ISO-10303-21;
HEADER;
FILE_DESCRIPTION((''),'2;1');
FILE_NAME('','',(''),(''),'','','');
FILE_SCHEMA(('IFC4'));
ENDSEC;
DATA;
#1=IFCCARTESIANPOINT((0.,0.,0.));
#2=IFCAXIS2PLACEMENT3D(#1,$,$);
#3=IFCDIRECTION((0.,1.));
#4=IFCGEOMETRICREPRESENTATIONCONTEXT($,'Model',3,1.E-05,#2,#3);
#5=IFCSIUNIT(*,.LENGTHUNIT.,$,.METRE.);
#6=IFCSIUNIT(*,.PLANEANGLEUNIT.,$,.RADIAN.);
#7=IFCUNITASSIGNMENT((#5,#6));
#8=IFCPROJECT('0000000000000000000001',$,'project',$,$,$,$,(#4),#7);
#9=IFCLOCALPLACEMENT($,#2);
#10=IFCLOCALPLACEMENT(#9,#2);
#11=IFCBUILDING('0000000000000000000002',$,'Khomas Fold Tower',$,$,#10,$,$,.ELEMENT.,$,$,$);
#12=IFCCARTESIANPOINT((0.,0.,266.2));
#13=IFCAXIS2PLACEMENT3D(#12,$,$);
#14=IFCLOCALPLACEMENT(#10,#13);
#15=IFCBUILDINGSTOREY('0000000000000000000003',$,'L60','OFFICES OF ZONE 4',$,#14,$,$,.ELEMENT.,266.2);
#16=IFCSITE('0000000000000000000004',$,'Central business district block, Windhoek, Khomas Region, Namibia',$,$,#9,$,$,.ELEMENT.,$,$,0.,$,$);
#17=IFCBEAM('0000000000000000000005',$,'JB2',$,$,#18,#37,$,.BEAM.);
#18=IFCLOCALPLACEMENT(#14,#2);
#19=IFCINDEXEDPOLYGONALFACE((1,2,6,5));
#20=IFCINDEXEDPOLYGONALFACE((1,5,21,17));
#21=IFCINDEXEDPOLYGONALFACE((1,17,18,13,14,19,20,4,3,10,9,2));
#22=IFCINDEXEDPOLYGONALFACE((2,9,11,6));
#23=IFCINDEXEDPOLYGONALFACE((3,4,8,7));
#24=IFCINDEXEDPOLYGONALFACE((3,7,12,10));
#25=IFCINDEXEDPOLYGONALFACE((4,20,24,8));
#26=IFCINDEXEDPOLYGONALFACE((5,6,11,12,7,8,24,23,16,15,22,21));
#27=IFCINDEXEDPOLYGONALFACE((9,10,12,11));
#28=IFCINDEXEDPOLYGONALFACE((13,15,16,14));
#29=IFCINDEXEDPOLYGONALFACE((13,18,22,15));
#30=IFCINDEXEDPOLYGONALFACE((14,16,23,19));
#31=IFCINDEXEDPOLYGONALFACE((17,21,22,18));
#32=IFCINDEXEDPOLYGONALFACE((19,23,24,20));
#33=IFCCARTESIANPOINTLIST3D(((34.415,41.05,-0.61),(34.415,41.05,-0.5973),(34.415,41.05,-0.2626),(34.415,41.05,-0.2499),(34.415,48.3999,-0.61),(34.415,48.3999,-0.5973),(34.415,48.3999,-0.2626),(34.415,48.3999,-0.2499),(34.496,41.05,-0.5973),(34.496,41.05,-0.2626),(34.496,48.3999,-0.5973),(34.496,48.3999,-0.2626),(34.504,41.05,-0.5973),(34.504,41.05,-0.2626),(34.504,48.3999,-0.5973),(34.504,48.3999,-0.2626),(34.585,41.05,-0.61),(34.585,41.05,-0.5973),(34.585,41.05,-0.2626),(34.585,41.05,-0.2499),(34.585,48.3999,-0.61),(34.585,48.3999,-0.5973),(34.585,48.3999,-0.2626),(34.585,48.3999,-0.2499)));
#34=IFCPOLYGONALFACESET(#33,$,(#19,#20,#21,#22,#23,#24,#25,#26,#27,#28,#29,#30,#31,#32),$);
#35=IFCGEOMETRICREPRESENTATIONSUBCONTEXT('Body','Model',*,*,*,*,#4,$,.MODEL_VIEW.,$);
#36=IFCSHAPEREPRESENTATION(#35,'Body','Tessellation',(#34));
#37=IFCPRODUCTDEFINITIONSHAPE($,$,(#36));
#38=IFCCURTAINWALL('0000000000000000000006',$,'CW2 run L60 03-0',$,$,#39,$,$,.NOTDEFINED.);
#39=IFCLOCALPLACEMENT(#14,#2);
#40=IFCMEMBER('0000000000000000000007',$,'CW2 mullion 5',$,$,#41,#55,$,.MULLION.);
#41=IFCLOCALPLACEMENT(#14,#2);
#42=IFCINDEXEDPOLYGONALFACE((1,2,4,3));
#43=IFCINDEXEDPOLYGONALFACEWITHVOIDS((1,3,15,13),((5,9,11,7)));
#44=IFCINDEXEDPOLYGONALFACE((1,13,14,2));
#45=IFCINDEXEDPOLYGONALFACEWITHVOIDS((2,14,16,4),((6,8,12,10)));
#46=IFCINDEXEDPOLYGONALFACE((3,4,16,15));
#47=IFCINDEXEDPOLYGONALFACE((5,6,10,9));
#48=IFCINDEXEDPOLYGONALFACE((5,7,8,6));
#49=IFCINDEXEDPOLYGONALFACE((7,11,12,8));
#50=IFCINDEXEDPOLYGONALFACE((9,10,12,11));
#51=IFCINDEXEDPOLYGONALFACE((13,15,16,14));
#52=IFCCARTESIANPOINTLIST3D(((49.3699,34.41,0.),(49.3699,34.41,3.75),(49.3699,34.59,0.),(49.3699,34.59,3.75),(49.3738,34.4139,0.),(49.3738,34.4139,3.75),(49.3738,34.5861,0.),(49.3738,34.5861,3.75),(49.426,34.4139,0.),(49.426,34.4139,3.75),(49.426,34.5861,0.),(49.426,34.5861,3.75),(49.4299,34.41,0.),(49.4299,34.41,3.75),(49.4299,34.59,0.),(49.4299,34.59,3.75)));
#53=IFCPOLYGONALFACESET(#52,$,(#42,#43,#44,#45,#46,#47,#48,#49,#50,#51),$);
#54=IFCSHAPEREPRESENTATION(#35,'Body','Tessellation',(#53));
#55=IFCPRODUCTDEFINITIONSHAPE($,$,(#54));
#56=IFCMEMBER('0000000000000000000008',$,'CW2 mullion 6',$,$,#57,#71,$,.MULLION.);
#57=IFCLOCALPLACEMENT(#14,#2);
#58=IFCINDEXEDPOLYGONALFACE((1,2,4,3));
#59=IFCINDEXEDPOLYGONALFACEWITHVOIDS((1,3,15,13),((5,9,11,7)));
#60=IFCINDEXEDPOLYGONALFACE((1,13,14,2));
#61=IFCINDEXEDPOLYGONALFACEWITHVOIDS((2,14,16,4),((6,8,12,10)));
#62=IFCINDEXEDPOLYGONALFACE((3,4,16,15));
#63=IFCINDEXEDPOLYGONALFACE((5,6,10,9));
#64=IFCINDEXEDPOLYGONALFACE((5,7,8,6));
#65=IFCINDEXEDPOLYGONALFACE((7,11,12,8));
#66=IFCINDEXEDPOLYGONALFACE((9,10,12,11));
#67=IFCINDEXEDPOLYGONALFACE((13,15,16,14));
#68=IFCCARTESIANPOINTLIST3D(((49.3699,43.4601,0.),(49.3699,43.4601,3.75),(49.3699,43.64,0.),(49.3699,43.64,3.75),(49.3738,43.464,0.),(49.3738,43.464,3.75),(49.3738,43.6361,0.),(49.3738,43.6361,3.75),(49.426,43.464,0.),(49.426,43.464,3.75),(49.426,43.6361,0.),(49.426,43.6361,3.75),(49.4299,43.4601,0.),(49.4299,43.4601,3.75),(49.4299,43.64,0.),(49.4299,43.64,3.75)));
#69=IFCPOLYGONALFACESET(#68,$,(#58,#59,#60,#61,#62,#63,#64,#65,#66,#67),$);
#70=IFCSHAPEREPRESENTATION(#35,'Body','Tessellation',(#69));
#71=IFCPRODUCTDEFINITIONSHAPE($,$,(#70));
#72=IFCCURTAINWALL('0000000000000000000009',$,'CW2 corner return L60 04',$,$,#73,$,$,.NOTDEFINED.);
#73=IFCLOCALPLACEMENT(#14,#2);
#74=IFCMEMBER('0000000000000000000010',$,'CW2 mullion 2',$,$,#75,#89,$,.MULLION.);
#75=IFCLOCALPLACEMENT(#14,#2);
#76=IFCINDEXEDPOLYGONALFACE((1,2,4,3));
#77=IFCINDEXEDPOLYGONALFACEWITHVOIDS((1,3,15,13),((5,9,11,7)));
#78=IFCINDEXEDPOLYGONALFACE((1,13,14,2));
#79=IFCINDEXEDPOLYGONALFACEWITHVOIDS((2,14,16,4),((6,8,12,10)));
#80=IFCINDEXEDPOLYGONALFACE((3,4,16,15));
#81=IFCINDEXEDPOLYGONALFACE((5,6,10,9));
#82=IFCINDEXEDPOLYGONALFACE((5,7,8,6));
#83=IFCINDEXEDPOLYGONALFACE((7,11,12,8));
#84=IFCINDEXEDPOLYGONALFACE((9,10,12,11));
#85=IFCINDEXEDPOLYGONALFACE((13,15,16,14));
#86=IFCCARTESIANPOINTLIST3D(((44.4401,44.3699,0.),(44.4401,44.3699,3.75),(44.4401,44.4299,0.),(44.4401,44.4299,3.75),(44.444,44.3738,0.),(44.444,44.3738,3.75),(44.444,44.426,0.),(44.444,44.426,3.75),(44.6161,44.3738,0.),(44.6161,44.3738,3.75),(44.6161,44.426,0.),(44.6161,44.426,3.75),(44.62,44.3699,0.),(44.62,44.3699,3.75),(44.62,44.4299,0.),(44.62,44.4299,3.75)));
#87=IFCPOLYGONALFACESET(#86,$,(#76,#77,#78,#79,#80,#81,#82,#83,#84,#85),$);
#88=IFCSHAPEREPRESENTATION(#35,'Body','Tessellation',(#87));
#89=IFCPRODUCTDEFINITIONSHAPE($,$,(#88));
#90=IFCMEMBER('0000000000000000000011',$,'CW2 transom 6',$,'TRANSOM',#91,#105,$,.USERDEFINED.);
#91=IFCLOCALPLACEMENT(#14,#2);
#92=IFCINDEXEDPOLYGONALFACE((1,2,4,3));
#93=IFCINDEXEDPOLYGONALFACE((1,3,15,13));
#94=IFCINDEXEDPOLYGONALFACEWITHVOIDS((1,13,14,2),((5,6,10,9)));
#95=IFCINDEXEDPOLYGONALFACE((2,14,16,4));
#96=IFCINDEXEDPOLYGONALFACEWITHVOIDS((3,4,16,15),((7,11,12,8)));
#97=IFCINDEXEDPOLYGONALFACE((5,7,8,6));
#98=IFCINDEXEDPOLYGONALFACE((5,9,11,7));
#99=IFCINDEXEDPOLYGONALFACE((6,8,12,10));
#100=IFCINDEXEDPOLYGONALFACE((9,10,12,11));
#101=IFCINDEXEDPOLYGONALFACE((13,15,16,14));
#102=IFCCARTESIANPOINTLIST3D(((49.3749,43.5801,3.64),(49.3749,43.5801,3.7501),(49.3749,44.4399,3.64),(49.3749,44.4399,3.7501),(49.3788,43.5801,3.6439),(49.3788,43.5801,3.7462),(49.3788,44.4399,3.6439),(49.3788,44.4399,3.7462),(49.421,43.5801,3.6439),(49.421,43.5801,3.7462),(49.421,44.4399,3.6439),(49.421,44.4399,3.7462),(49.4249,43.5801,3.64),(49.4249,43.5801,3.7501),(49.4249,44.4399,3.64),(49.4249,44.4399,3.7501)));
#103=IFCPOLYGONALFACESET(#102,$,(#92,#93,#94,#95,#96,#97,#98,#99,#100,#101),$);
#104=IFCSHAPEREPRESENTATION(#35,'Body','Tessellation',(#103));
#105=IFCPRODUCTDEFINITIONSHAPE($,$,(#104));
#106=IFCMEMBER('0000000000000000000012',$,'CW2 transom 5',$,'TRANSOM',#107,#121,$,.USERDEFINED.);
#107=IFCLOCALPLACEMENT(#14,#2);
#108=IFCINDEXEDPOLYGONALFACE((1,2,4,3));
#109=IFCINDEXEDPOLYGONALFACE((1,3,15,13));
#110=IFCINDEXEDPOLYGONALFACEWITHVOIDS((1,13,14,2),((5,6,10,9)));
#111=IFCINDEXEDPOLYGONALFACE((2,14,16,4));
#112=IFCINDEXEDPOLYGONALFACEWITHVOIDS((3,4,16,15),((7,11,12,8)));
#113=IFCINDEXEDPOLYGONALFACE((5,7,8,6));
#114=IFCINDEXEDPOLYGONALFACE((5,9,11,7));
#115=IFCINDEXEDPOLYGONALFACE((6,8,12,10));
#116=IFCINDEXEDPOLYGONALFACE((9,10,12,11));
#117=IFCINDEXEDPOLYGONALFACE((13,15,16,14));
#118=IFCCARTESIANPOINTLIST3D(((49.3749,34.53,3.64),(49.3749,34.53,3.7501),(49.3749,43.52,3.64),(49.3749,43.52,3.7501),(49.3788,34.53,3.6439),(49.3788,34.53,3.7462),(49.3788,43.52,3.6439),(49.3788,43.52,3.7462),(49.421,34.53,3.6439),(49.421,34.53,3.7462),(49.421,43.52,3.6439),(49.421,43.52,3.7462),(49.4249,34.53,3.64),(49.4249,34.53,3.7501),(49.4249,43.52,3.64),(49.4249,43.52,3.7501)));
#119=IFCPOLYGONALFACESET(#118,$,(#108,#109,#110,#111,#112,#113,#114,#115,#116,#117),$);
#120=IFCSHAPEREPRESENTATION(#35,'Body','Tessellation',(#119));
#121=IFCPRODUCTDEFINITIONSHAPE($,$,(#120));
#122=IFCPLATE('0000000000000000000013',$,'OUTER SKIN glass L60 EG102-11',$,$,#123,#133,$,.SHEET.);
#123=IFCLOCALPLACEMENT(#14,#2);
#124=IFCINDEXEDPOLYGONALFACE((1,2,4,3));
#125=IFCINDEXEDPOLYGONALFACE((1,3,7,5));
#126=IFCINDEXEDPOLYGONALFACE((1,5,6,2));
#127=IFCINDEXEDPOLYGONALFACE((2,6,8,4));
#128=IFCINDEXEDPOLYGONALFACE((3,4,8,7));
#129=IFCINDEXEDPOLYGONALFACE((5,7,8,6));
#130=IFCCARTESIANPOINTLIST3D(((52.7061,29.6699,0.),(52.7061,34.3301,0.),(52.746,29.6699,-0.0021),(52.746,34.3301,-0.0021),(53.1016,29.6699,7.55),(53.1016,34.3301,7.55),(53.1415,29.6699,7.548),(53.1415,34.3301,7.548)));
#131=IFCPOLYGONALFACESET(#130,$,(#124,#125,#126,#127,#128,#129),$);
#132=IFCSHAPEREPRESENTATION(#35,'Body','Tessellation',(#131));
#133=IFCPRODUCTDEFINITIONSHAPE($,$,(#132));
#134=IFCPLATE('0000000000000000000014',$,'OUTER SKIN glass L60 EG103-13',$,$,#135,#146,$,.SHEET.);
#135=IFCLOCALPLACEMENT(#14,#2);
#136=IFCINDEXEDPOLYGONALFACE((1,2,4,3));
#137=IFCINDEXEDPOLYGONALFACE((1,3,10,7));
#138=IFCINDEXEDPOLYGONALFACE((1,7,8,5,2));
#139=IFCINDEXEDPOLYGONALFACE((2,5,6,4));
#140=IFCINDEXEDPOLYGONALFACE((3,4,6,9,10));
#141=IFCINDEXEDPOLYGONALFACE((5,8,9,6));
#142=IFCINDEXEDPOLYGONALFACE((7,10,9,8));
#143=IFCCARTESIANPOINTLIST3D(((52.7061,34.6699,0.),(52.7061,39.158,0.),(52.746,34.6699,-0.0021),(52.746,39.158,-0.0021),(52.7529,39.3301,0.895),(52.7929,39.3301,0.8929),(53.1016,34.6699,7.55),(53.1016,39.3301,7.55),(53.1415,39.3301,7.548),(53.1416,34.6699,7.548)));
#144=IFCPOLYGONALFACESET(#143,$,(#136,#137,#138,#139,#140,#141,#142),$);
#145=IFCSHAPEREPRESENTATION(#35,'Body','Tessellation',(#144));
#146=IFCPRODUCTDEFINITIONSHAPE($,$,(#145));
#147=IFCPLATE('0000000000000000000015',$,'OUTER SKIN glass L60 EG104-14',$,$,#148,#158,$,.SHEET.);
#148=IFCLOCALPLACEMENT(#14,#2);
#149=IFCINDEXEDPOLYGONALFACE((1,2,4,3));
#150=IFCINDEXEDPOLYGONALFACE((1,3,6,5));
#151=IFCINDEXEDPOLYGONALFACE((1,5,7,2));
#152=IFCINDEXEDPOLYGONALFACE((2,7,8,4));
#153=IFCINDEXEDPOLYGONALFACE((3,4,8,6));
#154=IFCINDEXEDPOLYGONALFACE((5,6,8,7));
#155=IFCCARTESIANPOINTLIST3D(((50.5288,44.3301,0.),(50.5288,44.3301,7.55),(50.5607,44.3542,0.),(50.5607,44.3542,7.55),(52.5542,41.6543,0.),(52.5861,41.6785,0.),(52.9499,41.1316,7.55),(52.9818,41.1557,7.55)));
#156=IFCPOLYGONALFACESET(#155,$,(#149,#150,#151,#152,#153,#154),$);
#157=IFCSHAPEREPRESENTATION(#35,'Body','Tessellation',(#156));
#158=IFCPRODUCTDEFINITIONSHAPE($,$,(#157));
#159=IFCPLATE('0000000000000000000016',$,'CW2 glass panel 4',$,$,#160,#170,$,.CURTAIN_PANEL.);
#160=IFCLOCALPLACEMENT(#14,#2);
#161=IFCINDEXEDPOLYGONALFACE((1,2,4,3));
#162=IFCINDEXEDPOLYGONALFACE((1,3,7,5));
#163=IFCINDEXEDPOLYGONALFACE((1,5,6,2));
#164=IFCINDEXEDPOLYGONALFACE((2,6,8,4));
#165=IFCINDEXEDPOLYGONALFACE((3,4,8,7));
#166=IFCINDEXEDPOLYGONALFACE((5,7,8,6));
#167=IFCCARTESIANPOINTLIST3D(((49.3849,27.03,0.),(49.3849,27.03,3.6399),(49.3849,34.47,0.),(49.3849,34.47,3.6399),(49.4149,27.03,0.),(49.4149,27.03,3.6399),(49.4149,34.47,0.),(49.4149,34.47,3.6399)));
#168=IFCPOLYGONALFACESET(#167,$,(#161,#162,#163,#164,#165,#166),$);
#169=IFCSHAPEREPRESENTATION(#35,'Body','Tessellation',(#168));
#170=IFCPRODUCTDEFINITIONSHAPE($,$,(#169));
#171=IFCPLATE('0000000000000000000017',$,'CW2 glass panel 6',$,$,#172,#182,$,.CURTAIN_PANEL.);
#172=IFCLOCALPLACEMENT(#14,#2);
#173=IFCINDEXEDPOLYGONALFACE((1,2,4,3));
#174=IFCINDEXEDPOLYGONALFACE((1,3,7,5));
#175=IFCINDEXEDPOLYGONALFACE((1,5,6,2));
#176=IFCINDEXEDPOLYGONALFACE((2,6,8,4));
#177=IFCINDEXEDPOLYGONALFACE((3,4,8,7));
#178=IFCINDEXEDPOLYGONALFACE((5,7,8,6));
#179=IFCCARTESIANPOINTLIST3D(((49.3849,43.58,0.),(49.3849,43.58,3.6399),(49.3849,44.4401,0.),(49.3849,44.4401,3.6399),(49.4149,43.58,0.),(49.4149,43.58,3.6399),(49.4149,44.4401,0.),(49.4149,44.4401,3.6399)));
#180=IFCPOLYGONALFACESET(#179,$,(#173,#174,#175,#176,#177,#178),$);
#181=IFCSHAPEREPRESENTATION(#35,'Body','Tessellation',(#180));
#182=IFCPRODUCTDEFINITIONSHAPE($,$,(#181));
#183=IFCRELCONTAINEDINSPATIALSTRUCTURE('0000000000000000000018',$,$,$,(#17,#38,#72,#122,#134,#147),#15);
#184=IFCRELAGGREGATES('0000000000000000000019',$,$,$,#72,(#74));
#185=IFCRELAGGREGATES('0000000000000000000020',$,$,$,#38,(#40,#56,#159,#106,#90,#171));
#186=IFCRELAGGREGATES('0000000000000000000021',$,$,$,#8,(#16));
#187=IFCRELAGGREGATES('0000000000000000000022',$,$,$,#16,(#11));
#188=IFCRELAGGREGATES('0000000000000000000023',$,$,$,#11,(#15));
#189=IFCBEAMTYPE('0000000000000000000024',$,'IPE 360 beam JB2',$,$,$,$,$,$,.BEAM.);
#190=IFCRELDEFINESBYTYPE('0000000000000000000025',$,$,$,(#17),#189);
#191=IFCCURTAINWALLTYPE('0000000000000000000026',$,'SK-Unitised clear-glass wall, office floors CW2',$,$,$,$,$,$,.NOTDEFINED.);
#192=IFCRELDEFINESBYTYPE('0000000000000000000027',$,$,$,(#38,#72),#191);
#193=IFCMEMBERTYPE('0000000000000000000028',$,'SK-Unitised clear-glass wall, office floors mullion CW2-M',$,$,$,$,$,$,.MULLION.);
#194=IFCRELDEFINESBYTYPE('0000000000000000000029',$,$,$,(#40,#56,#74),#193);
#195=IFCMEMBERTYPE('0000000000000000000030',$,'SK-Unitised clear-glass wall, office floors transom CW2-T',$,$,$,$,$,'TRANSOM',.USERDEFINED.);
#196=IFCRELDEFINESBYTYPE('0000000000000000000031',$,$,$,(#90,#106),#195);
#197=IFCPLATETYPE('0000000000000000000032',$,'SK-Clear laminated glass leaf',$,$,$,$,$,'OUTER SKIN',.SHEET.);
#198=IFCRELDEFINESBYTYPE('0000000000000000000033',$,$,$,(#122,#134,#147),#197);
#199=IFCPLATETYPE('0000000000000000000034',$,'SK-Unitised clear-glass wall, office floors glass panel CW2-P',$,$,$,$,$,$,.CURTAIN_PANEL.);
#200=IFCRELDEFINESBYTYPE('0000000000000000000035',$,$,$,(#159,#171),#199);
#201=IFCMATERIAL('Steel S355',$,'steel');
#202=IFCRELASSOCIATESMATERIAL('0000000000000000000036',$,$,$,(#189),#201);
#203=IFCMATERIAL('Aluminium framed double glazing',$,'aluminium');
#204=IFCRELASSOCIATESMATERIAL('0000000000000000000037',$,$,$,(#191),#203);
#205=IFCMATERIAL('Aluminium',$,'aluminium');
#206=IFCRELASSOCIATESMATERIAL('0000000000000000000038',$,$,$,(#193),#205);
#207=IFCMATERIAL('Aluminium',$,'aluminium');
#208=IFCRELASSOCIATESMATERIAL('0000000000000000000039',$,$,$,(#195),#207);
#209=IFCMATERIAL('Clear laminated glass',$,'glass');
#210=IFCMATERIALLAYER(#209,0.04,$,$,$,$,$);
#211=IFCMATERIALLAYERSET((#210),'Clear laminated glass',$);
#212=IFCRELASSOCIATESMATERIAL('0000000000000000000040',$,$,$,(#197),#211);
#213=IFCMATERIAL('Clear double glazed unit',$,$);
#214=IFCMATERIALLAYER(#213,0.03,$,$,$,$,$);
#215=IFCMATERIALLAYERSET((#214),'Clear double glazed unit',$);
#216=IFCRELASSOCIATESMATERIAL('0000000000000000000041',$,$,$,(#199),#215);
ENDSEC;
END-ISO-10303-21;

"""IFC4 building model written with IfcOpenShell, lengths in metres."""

from ifc_helpers import new_model, si_unit, direction, frame, origin, origin_2d, place, context, subcontext, project, spatial, polyline, rectangle, hollow_rectangle, i_section, outline, extrude, source, transform, mapped, material, layer, layer_set, material_profile, profile_set, type_object, element, aggregate, save


model = new_model("IFC4")

# Units and contexts
model_context = context("Model", 3, precision=1e-05, world=origin(), true_north=direction((0.0, 1.0)))
body_context = subcontext(model_context, "Body", "Model", "MODEL_VIEW")
ifc_project = project(units=[si_unit("LENGTHUNIT", "METRE"), si_unit("PLANEANGLEUNIT", "RADIAN")], contexts=[model_context])

# Site, building, storey
site_placement = place(None, origin())
site = spatial("IfcSite", under=ifc_project, at=site_placement, Name="Central business district block, Windhoek, Khomas Region, Namibia", CompositionType="ELEMENT", RefElevation=0.0)
building_placement = place(site_placement, origin())
building = spatial("IfcBuilding", under=site, at=building_placement, Name="Khomas Fold Tower", CompositionType="ELEMENT")
storey_placement = place(building_placement, frame((0.0, 0.0, 266.2)))
storey = spatial("IfcBuildingStorey", under=building, at=storey_placement, Name="L60", Description="OFFICES OF ZONE 4", CompositionType="ELEMENT", Elevation=266.2)

# Beam
ifc_material_1 = material(Name="Steel S355", Category="steel")
ifc_material_profile_1 = material_profile(ifc_material_1, i_section(OverallWidth=0.1699, OverallDepth=0.3601, WebThickness=0.0081, FlangeThickness=0.0127, at=origin_2d()), Name="IPE 360")
ifc_profile_set_1 = profile_set([ifc_material_profile_1], Name="Steel S355")
beam_type_1 = type_object("IfcBeamType", Name="IPE 360 beam JB2", PredefinedType="BEAM", material=ifc_profile_set_1)
shared_shape_1 = source(origin(), body_context, "Body", "SweptSolid", [
    extrude(i_section(OverallWidth=0.1699, OverallDepth=0.3601, WebThickness=0.0081, FlangeThickness=0.0127, at=origin_2d()), origin(), (0.0, 0.0, 1.0), 7.3499),
])
beam_1_placement = place(storey_placement, frame((34.5, 41.05, -0.4299), z_axis=(0.0, 1.0, 0.0), x_axis=(-1.0, 0.0, 0.0)))
element("IfcBeam", 1, at=beam_1_placement, inside=storey, type_object=beam_type_1, Name="JB2", PredefinedType="BEAM", context=body_context, shape_type="MappedRepresentation", body=[
    mapped(shared_shape_1, transform((0.0, 0.0, 0.0))),
])

# Curtain wall, members
ifc_material_2 = material(Name="Aluminium framed double glazing", Category="aluminium")
curtain_wall_type = type_object("IfcCurtainWallType", Name="SK-Unitised clear-glass wall, office floors CW2", PredefinedType="NOTDEFINED", material=ifc_material_2)
curtain_wall_1_placement = place(storey_placement, origin())
curtain_wall_1 = element("IfcCurtainWall", 2, at=curtain_wall_1_placement, inside=storey, type_object=curtain_wall_type, Name="CW2 run L60 03-0", PredefinedType="NOTDEFINED")
ifc_material_3 = material(Name="Aluminium", Category="aluminium")
ifc_material_profile_2 = material_profile(ifc_material_3, hollow_rectangle(XDim=0.0601, YDim=0.1799, WallThickness=0.0039, at=origin_2d()), Name="SK-Unitised clear-glass wall, office floors mullion CW2-M")
ifc_profile_set_2 = profile_set([ifc_material_profile_2], Name="Aluminium")
member_type_1 = type_object("IfcMemberType", Name="SK-Unitised clear-glass wall, office floors mullion CW2-M", PredefinedType="MULLION", material=ifc_profile_set_2)
shared_shape_2 = source(origin(), body_context, "Body", "SweptSolid", [
    extrude(hollow_rectangle(XDim=0.0601, YDim=0.1799, WallThickness=0.0039, at=origin_2d()), origin(), (0.0, 0.0, 1.0), 3.75),
])
member_1_placement = place(storey_placement, frame((49.3999, 34.5, 0.0), z_axis=(0.0, 0.0, 1.0), x_axis=(-1.0, 0.0, 0.0)))
member_1 = element("IfcMember", 3, at=member_1_placement, type_object=member_type_1, Name="CW2 mullion 5", PredefinedType="MULLION", context=body_context, shape_type="MappedRepresentation", body=[
    mapped(shared_shape_2, transform((0.0, 0.0, 0.0))),
])
member_2_placement = place(storey_placement, frame((49.3999, 43.55, 0.0), z_axis=(0.0, 0.0, 1.0), x_axis=(-1.0, 0.0, 0.0)))
member_2 = element("IfcMember", 4, at=member_2_placement, type_object=member_type_1, Name="CW2 mullion 6", PredefinedType="MULLION", context=body_context, shape_type="MappedRepresentation", body=[
    mapped(shared_shape_2, transform((0.0, 0.0, 0.0))),
])

# Curtain wall, member
curtain_wall_2_placement = place(storey_placement, origin())
curtain_wall_2 = element("IfcCurtainWall", 5, at=curtain_wall_2_placement, inside=storey, type_object=curtain_wall_type, Name="CW2 corner return L60 04", PredefinedType="NOTDEFINED")
member_3_placement = place(storey_placement, frame((44.53, 44.3999, 0.0), z_axis=(0.0, 0.0, 1.0), x_axis=(0.0, -1.0, 0.0)))
member_3 = element("IfcMember", 6, at=member_3_placement, type_object=member_type_1, Name="CW2 mullion 2", PredefinedType="MULLION", context=body_context, shape_type="MappedRepresentation", body=[
    mapped(shared_shape_2, transform((0.0, 0.0, 0.0))),
])
aggregate(curtain_wall_2, [member_3])

# Members
ifc_material_4 = material(Name="Aluminium", Category="aluminium")
ifc_material_profile_3 = material_profile(ifc_material_4, hollow_rectangle(XDim=0.05, YDim=0.1101, WallThickness=0.0039, at=origin_2d()), Name="SK-Unitised clear-glass wall, office floors transom CW2-T")
ifc_profile_set_3 = profile_set([ifc_material_profile_3], Name="Aluminium")
member_type_2 = type_object("IfcMemberType", Name="SK-Unitised clear-glass wall, office floors transom CW2-T", ElementType="TRANSOM", PredefinedType="USERDEFINED", material=ifc_profile_set_3)
shared_shape_3 = source(origin(), body_context, "Body", "SweptSolid", [
    extrude(hollow_rectangle(XDim=0.05, YDim=0.1101, WallThickness=0.0039, at=origin_2d()), origin(), (0.0, 0.0, 1.0), 0.8599),
])
member_4_placement = place(storey_placement, frame((49.3999, 43.5801, 3.6951), z_axis=(0.0, 1.0, 0.0), x_axis=(-1.0, 0.0, 0.0)))
member_4 = element("IfcMember", 7, at=member_4_placement, type_object=member_type_2, Name="CW2 transom 6", ObjectType="TRANSOM", PredefinedType="USERDEFINED", context=body_context, shape_type="MappedRepresentation", body=[
    mapped(shared_shape_3, transform((0.0, 0.0, 0.0))),
])
shared_shape_4 = source(origin(), body_context, "Body", "SweptSolid", [
    extrude(hollow_rectangle(XDim=0.05, YDim=0.1101, WallThickness=0.0039, at=origin_2d()), origin(), (0.0, 0.0, 1.0), 8.99),
])
member_5_placement = place(storey_placement, frame((49.3999, 34.53, 3.6951), z_axis=(0.0, 1.0, 0.0), x_axis=(-1.0, 0.0, 0.0)))
member_5 = element("IfcMember", 8, at=member_5_placement, type_object=member_type_2, Name="CW2 transom 5", ObjectType="TRANSOM", PredefinedType="USERDEFINED", context=body_context, shape_type="MappedRepresentation", body=[
    mapped(shared_shape_4, transform((0.0, 0.0, 0.0))),
])

# Plates
ifc_material_5 = material(Name="Clear laminated glass", Category="glass")
ifc_layer_1 = layer(ifc_material_5, 0.04)
ifc_layer_set_1 = layer_set([ifc_layer_1], Name="Clear laminated glass")
plate_type_1 = type_object("IfcPlateType", Name="SK-Clear laminated glass leaf", ElementType="OUTER SKIN", PredefinedType="SHEET", material=ifc_layer_set_1)
plate_1_placement = place(storey_placement, frame((52.7061, 29.6699, 0.0), z_axis=(-0.998631, 0.0, 0.052313), x_axis=(0.052313, 0.0, 0.998631)))
element("IfcPlate", 9, at=plate_1_placement, inside=storey, type_object=plate_type_1, Name="OUTER SKIN glass L60 EG102-11", PredefinedType="SHEET", context=body_context, shape_type="SweptSolid", body=[
    extrude(outline(polyline([(0.0, 0.0), (7.5604, 0.0), (7.5604, 4.6602), (0.0, 4.6602), (0.0, 0.0)])), origin(), (0.0, 0.0, -1.0), 0.04),
])
plate_2_placement = place(storey_placement, frame((52.7061, 39.158, 0.0), z_axis=(-0.998631, -0.000001, 0.052313), x_axis=(0.000001, -1.0, 0.0)))
element("IfcPlate", 10, at=plate_2_placement, inside=storey, type_object=plate_type_1, Name="OUTER SKIN glass L60 EG103-13", PredefinedType="SHEET", context=body_context, shape_type="SweptSolid", body=[
    extrude(outline(polyline([(0.0, 0.0), (4.488, 0.0), (4.488, 7.5604), (-0.1721, 7.5604), (-0.1721, 0.8962), (0.0, 0.0)])), origin(), (0.0, 0.0, -1.0), 0.04),
])
plate_3_placement = place(storey_placement, frame((52.5542, 41.6543, 0.0), z_axis=(-0.797332, -0.603541, 0.000005), x_axis=(0.052217, -0.068975, 0.996251)))
element("IfcPlate", 11, at=plate_3_placement, inside=storey, type_object=plate_type_1, Name="OUTER SKIN glass L60 EG104-14", PredefinedType="SHEET", context=body_context, shape_type="SweptSolid", body=[
    extrude(outline(polyline([(0.0, 0.0), (7.5785, 0.0), (7.2314, 3.9965), (-0.2903, 3.3433), (0.0, 0.0)])), origin(), (0.0, 0.0, -1.0), 0.04),
])

# Plates
ifc_material_6 = material(Name="Clear double glazed unit")
ifc_layer_2 = layer(ifc_material_6, 0.03)
ifc_layer_set_2 = layer_set([ifc_layer_2], Name="Clear double glazed unit")
plate_type_2 = type_object("IfcPlateType", Name="SK-Unitised clear-glass wall, office floors glass panel CW2-P", PredefinedType="CURTAIN_PANEL", material=ifc_layer_set_2)
shared_shape_5 = source(origin(), body_context, "Body", "SweptSolid", [
    extrude(rectangle(XDim=7.4399, YDim=0.03, at=origin_2d()), origin(), (0.0, 0.0, 1.0), 3.6399),
])
plate_4_placement = place(storey_placement, frame((49.3999, 30.75, 0.0), z_axis=(0.0, 0.0, 1.0), x_axis=(0.0, 1.0, 0.0)))
plate_4 = element("IfcPlate", 12, at=plate_4_placement, type_object=plate_type_2, Name="CW2 glass panel 4", PredefinedType="CURTAIN_PANEL", context=body_context, shape_type="MappedRepresentation", body=[
    mapped(shared_shape_5, transform((0.0, 0.0, 0.0))),
])
shared_shape_6 = source(origin(), body_context, "Body", "SweptSolid", [
    extrude(rectangle(XDim=0.8601, YDim=0.03, at=origin_2d()), origin(), (0.0, 0.0, 1.0), 3.6399),
])
plate_5_placement = place(storey_placement, frame((49.3999, 44.01, 0.0), z_axis=(0.0, 0.0, 1.0), x_axis=(0.0, 1.0, 0.0)))
plate_5 = element("IfcPlate", 13, at=plate_5_placement, type_object=plate_type_2, Name="CW2 glass panel 6", PredefinedType="CURTAIN_PANEL", context=body_context, shape_type="MappedRepresentation", body=[
    mapped(shared_shape_6, transform((0.0, 0.0, 0.0))),
])
aggregate(curtain_wall_1, [member_1, member_2, plate_4, member_5, member_4, plate_5])

save(model, "model.ifc")
